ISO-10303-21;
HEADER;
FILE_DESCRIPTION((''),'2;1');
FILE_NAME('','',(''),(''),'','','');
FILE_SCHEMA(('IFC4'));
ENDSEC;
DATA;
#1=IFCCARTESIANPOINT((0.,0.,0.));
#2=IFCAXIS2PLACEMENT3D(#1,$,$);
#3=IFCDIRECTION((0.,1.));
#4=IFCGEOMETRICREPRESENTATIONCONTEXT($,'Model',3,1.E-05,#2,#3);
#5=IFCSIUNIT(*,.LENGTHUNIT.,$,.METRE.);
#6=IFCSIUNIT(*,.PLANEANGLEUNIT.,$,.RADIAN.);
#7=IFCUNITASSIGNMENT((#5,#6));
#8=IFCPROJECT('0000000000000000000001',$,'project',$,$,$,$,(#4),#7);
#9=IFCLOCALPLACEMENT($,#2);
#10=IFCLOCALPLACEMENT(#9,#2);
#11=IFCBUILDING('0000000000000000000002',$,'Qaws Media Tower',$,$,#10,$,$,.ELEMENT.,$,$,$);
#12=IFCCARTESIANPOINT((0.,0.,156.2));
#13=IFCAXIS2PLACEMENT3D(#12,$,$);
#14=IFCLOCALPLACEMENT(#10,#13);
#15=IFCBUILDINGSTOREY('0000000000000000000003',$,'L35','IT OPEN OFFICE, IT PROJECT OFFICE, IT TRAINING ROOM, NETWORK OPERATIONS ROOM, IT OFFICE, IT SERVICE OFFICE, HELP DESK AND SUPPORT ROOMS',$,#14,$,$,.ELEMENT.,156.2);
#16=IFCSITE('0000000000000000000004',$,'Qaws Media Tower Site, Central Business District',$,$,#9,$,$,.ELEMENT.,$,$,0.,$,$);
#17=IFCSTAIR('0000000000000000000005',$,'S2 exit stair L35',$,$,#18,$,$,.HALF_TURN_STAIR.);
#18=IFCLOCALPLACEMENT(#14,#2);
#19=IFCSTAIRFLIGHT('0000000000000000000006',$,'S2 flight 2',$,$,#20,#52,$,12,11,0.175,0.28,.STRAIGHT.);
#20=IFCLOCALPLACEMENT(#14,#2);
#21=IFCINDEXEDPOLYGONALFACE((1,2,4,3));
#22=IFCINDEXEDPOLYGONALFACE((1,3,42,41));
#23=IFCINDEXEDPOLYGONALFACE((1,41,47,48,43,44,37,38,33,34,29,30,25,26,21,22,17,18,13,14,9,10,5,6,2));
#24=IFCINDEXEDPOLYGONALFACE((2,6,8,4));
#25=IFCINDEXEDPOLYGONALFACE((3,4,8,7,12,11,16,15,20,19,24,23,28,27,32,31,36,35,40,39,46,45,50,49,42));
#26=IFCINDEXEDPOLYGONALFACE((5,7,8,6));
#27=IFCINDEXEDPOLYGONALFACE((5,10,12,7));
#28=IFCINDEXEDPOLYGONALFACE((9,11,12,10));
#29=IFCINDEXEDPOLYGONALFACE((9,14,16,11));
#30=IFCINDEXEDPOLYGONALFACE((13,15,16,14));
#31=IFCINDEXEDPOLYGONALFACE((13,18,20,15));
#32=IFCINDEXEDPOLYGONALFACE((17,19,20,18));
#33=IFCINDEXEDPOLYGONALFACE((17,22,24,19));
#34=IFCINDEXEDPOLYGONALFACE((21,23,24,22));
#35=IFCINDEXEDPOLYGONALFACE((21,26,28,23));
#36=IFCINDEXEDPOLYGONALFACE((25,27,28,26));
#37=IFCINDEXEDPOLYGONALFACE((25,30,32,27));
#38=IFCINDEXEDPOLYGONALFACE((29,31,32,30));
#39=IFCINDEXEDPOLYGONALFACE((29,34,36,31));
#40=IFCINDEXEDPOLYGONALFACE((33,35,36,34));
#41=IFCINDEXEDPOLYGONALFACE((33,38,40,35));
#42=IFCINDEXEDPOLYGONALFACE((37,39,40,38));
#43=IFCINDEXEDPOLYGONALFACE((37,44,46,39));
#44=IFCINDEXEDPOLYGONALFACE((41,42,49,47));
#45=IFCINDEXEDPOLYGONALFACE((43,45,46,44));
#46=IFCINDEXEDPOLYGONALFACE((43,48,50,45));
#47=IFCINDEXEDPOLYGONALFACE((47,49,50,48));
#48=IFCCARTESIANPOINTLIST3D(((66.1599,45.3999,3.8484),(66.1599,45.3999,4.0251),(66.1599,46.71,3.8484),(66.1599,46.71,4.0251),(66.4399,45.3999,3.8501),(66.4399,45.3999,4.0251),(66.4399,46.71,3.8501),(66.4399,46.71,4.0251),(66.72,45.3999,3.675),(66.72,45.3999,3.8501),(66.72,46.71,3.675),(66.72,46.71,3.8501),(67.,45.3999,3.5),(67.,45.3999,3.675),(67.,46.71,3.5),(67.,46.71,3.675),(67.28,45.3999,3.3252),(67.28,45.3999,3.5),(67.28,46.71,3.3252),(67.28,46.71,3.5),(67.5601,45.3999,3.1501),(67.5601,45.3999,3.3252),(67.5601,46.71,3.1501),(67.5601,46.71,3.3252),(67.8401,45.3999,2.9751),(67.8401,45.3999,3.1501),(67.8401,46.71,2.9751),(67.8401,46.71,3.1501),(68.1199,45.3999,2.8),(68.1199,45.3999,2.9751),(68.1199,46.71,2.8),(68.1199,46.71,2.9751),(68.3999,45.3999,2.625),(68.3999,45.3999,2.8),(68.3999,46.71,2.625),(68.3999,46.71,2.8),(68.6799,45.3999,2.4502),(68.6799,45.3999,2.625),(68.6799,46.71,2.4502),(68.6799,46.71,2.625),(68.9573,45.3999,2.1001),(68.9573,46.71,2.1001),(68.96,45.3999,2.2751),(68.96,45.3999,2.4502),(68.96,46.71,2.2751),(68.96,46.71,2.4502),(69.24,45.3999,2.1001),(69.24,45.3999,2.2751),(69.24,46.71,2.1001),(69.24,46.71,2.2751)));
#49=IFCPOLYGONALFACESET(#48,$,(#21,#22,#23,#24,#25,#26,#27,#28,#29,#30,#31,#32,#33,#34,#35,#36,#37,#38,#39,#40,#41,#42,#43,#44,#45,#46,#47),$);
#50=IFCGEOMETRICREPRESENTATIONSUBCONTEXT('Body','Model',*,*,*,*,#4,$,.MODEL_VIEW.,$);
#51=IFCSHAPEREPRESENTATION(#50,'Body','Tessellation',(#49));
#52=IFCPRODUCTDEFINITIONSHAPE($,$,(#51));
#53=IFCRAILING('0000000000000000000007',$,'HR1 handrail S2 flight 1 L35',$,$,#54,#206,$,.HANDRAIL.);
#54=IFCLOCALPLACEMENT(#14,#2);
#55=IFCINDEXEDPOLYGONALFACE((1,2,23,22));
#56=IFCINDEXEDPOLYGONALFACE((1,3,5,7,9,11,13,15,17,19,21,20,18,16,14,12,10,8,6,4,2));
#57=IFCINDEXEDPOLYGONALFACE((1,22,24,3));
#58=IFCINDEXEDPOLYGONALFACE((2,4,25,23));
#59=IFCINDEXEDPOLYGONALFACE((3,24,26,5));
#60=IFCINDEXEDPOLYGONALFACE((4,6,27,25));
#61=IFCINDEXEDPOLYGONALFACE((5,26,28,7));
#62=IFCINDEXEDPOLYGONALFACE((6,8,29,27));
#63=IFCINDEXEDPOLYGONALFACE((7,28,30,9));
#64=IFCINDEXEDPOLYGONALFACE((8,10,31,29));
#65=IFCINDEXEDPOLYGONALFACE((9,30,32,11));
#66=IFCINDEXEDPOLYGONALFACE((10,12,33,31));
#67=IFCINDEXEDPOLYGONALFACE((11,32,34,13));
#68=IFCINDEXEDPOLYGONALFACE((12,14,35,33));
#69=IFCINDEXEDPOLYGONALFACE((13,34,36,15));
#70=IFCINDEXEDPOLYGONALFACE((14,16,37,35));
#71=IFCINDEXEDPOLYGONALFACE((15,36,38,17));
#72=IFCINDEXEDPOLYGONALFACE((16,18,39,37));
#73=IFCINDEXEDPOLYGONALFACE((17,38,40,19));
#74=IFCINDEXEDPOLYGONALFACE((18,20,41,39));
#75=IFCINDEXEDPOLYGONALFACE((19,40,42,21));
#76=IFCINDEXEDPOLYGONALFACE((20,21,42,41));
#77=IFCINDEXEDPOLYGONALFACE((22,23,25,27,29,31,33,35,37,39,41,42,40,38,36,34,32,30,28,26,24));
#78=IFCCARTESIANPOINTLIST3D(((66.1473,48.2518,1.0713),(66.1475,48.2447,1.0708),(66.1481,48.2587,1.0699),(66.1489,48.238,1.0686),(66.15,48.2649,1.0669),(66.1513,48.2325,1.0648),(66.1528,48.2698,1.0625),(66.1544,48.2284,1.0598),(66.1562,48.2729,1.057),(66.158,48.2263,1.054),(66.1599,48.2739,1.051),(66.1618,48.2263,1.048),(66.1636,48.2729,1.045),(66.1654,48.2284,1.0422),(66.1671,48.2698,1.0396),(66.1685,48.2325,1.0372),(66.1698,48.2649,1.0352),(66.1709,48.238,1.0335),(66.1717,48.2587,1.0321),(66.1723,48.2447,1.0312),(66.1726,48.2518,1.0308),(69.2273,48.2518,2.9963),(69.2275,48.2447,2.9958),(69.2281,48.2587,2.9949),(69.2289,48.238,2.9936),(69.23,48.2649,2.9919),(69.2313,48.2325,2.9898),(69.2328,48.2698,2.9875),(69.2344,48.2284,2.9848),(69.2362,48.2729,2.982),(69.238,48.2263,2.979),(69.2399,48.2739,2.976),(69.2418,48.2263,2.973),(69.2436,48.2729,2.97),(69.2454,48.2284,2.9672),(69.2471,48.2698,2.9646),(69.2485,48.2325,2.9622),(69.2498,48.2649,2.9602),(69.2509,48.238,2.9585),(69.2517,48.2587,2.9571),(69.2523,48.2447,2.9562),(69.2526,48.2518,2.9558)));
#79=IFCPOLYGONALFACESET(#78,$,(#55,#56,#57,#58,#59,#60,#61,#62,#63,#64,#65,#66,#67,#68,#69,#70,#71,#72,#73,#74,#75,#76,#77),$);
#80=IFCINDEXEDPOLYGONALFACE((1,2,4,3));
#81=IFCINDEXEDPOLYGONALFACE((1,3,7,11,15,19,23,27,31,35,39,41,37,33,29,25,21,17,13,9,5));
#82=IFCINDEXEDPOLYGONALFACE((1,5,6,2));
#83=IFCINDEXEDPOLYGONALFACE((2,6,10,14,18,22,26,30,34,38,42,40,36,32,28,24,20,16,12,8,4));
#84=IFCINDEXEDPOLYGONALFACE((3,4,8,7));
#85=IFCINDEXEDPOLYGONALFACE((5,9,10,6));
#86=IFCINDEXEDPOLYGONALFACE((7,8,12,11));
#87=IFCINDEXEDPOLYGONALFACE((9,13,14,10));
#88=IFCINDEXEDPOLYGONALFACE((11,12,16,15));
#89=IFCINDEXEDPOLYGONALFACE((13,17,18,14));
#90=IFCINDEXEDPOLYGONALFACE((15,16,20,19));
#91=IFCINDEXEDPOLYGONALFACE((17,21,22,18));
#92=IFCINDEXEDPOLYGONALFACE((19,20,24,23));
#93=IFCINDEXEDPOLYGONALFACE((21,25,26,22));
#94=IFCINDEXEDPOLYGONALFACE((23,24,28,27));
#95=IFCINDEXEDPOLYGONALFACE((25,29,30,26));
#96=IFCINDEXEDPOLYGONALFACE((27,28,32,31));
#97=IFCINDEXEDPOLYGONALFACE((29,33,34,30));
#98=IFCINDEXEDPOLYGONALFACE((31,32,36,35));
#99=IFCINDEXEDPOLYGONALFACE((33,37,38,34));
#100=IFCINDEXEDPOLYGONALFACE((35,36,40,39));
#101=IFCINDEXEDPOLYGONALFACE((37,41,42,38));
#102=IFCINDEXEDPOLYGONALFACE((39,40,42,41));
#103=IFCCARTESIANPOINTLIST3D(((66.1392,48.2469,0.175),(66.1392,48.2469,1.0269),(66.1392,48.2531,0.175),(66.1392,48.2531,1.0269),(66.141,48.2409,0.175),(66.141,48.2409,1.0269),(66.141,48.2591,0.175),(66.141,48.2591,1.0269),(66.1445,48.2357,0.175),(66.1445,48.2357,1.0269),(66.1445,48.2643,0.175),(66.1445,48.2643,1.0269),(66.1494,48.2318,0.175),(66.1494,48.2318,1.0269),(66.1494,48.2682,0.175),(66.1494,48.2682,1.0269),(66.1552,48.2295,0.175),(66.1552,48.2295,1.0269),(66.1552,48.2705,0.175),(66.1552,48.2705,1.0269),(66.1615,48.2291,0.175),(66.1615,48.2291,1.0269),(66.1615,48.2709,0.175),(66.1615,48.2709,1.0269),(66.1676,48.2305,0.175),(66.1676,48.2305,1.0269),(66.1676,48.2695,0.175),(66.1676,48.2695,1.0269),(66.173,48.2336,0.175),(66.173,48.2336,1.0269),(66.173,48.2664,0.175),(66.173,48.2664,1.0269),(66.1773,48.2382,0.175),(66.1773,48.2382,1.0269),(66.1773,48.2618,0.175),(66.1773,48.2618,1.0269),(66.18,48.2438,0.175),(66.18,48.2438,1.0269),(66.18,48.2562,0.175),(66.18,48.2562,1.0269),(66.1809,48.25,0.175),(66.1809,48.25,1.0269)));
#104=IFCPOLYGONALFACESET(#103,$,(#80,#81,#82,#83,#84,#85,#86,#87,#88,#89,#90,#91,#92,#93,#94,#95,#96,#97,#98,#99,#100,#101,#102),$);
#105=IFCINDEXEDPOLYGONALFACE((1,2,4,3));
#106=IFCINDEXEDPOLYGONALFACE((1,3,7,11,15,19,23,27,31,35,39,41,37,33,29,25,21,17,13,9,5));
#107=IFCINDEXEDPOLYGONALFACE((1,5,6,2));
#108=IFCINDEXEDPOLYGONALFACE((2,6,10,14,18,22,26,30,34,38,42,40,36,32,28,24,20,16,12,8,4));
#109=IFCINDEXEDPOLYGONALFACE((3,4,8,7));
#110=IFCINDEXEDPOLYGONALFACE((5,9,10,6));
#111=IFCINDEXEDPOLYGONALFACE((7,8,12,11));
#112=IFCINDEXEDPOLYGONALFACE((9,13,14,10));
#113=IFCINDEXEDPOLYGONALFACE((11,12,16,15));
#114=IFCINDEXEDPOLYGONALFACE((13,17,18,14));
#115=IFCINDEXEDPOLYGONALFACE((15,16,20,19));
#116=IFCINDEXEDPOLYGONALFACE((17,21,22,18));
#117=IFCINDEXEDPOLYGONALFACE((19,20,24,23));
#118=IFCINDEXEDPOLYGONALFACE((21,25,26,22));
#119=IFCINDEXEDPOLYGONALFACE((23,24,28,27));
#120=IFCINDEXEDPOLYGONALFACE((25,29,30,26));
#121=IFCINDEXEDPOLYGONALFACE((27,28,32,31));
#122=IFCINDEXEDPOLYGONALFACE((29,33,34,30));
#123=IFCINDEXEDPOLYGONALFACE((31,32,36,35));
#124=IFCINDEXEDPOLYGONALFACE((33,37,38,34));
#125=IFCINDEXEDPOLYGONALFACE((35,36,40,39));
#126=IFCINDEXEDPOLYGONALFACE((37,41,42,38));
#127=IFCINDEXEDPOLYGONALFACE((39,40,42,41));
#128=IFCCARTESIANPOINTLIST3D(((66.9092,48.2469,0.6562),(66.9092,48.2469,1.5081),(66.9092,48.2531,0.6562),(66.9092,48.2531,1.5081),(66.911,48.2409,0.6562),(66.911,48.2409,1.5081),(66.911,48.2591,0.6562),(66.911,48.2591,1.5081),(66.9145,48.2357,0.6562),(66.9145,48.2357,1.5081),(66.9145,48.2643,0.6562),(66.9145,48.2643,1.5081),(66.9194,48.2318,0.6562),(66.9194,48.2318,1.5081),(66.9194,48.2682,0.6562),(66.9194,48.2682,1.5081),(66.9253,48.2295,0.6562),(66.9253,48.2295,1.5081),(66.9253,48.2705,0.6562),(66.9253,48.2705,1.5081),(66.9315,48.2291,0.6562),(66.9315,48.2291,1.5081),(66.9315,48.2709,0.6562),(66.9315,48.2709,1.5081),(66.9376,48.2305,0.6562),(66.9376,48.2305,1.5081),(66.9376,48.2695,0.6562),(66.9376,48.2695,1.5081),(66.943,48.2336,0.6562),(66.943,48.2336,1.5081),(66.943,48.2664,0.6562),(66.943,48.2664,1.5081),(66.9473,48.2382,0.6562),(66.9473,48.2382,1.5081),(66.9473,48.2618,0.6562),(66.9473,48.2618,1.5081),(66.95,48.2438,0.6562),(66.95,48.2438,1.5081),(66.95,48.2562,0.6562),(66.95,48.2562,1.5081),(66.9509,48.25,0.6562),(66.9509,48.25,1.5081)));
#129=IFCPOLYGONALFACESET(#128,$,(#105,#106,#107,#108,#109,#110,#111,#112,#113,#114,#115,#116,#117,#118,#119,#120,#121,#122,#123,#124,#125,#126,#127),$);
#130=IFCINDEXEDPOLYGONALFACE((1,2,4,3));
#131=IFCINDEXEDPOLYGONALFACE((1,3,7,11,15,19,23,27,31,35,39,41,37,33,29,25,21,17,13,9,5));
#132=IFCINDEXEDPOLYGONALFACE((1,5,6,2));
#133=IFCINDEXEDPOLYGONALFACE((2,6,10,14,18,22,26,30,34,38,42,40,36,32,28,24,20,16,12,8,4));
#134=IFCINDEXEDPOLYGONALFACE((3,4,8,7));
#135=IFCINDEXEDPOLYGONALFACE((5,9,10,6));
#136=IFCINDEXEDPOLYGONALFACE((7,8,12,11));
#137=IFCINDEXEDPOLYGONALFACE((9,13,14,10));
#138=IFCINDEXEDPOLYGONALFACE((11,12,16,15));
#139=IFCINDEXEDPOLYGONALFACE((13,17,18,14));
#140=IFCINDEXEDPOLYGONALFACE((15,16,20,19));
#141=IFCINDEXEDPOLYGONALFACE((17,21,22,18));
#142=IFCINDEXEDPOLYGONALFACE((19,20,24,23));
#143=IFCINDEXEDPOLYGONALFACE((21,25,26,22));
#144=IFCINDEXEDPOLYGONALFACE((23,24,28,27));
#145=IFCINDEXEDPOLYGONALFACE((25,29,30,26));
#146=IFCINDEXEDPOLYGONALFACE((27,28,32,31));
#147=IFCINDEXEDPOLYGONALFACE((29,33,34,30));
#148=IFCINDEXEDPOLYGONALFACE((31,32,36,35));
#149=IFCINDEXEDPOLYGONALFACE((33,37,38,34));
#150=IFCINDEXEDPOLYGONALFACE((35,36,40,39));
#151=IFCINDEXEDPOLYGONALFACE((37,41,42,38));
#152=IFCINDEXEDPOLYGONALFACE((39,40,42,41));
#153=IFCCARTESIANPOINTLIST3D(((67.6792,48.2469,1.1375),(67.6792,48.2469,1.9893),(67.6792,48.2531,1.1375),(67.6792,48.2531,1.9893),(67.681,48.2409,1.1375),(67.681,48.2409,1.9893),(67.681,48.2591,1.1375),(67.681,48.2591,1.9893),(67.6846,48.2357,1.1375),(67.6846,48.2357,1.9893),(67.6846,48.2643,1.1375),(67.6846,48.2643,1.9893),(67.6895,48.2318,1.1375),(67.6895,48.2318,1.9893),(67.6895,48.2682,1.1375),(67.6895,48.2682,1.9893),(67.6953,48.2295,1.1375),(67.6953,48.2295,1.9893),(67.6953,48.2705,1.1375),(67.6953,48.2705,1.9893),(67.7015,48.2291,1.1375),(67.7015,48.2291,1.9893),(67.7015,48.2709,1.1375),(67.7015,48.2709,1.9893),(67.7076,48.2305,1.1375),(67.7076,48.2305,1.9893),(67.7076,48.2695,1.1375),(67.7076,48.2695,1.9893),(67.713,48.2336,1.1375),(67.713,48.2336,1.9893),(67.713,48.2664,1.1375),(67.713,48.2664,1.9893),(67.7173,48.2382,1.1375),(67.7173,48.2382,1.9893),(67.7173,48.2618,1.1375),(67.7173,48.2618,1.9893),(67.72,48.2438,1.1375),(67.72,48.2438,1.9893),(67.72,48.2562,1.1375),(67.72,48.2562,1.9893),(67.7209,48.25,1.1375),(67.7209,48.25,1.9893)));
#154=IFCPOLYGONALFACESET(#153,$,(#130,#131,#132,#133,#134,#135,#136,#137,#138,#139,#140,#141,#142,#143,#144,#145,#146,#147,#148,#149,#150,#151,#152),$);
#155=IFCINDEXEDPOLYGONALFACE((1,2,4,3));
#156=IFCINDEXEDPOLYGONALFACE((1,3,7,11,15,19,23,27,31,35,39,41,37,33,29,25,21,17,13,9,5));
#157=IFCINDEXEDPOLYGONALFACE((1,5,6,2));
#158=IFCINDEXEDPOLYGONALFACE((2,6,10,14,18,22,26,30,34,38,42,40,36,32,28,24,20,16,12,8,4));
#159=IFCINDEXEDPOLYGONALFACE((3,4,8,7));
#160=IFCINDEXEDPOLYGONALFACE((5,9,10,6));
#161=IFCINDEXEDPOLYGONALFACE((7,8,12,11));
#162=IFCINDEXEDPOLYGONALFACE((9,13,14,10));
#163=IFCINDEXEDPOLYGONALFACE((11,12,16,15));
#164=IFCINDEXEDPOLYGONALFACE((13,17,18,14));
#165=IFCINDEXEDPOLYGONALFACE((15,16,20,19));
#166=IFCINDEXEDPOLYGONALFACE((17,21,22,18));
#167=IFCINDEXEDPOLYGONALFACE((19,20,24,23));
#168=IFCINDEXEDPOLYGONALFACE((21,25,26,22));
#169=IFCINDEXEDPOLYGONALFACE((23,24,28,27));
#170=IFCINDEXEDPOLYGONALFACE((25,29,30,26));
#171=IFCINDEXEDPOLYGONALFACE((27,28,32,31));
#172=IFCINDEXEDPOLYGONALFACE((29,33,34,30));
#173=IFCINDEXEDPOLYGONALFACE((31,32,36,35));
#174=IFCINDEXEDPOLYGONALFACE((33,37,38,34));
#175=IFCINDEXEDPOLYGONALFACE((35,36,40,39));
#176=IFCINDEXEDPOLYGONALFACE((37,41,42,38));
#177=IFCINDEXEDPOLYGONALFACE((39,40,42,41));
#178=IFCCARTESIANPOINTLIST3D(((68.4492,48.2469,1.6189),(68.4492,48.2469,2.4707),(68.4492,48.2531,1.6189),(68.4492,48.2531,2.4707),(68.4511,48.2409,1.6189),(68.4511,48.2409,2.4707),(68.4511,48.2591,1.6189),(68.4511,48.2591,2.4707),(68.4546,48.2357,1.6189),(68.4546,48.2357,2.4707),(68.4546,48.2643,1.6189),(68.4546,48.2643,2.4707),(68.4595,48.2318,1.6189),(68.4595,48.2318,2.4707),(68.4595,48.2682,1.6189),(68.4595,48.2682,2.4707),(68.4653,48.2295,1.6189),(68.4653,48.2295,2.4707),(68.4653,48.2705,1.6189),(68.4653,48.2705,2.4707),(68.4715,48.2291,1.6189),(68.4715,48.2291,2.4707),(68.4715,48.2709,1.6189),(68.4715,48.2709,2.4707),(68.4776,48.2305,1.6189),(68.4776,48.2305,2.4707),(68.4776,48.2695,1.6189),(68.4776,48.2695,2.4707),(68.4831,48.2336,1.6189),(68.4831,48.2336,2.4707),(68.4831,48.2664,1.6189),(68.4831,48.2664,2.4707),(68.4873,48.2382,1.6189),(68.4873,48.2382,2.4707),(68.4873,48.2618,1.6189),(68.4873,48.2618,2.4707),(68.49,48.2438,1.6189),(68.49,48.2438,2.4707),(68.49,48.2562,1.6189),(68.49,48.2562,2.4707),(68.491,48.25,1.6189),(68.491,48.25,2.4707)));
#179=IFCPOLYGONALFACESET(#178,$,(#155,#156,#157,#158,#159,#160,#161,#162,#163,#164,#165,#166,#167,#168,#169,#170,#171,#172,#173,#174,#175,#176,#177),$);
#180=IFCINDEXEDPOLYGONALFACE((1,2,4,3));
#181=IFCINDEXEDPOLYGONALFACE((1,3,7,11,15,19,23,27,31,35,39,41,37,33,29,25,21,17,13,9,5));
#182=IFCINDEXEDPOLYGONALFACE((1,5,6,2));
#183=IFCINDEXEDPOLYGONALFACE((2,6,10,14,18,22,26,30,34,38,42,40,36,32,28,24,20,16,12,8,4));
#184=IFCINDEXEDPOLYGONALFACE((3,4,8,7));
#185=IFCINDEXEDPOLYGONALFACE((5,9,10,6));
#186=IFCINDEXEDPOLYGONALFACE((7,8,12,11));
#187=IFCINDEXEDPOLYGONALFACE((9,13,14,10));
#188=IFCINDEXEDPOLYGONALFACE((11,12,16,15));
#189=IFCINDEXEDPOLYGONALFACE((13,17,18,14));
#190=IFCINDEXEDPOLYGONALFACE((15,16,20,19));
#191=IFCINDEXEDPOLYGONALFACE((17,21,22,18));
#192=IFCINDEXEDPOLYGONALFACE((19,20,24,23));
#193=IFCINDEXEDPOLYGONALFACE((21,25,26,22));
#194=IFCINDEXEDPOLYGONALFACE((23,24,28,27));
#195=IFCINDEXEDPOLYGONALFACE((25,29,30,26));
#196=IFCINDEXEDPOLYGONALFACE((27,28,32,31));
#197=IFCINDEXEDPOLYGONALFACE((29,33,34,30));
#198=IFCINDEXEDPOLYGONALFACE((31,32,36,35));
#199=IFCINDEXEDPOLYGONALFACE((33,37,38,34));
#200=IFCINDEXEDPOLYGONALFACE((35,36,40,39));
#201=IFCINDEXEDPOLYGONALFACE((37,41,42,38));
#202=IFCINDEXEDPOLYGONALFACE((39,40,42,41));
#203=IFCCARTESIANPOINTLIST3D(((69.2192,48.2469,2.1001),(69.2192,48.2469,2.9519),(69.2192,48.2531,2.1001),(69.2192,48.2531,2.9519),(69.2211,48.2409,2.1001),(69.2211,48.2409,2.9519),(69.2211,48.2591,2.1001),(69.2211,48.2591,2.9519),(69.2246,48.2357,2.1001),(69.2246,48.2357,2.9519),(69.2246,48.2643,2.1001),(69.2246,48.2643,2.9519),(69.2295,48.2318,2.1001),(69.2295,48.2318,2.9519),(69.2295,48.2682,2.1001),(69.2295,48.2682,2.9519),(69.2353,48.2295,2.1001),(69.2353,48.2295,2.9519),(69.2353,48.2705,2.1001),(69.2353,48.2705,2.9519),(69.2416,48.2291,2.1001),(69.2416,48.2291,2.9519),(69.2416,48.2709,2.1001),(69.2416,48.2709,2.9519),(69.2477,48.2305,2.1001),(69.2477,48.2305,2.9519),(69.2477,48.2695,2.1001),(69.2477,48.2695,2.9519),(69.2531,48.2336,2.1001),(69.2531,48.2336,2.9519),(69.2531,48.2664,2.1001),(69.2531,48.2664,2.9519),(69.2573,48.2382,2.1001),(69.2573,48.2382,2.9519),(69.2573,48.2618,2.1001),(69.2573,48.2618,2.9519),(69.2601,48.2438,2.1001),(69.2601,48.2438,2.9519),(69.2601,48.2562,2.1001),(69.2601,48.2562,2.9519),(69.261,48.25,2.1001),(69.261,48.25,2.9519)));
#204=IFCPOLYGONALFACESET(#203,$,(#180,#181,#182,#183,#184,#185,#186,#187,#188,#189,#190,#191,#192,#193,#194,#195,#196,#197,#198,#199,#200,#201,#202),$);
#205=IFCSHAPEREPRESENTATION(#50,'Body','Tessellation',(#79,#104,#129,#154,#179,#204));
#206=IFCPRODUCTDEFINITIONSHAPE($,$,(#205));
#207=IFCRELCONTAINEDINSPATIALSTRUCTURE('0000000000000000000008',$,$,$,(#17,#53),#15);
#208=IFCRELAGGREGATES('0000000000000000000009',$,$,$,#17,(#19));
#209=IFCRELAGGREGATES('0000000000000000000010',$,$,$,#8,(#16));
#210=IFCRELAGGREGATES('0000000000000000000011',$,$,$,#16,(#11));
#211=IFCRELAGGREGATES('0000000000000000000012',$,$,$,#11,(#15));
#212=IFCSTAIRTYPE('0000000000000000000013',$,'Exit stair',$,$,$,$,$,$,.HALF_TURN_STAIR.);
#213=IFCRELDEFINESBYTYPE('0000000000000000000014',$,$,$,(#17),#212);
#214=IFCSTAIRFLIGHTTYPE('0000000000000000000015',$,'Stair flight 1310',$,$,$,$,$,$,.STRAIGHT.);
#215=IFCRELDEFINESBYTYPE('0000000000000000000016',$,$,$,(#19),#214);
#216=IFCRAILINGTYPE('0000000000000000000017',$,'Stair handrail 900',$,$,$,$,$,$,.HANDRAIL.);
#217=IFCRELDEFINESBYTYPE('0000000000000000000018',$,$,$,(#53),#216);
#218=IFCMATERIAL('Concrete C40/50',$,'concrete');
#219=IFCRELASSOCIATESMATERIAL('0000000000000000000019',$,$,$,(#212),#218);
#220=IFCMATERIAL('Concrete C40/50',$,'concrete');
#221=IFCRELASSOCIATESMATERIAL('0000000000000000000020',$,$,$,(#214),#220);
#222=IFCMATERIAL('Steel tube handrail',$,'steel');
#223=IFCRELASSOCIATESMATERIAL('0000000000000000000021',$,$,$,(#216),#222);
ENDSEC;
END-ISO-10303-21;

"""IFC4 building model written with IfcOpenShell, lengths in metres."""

from ifc_helpers import new_model, si_unit, direction, frame, origin, origin_2d, place, context, subcontext, project, spatial, polyline, circle, outline, extrude, material, type_object, element, aggregate, save


model = new_model("IFC4")

# Units and contexts
model_context = context("Model", 3, precision=1e-05, world=origin(), true_north=direction((0.0, 1.0)))
body_context = subcontext(model_context, "Body", "Model", "MODEL_VIEW")
ifc_project = project(units=[si_unit("LENGTHUNIT", "METRE"), si_unit("PLANEANGLEUNIT", "RADIAN")], contexts=[model_context])

# Site, building, storey
site_placement = place(None, origin())
site = spatial("IfcSite", under=ifc_project, at=site_placement, Name="Qaws Media Tower Site, Central Business District", CompositionType="ELEMENT", RefElevation=0.0)
building_placement = place(site_placement, origin())
building = spatial("IfcBuilding", under=site, at=building_placement, Name="Qaws Media Tower", CompositionType="ELEMENT")
storey_placement = place(building_placement, frame((0.0, 0.0, 156.2)))
storey = spatial("IfcBuildingStorey", under=building, at=storey_placement, Name="L35", Description="IT OPEN OFFICE, IT PROJECT OFFICE, IT TRAINING ROOM, NETWORK OPERATIONS ROOM, IT OFFICE, IT SERVICE OFFICE, HELP DESK AND SUPPORT ROOMS", CompositionType="ELEMENT", Elevation=156.2)

# Stair, stair flight
ifc_material_1 = material(Name="Concrete C40/50", Category="concrete")
stair_type = type_object("IfcStairType", Name="Exit stair", PredefinedType="HALF_TURN_STAIR", material=ifc_material_1)
stair_placement = place(storey_placement, origin())
stair = element("IfcStair", 1, at=stair_placement, inside=storey, type_object=stair_type, Name="S2 exit stair L35", PredefinedType="HALF_TURN_STAIR")
ifc_material_2 = material(Name="Concrete C40/50", Category="concrete")
stair_flight_type = type_object("IfcStairFlightType", Name="Stair flight 1310", PredefinedType="STRAIGHT", material=ifc_material_2)
stair_flight_1_placement = place(storey_placement, frame((69.24, 46.0549, 2.1001), z_axis=(0.0, 0.0, 1.0), x_axis=(-1.0, 0.0, 0.0)))
stair_flight_1 = element("IfcStairFlight", 2, at=stair_flight_1_placement, type_object=stair_flight_type, Name="S2 flight 2", NumberOfRisers=12, NumberOfTreads=11, PredefinedType="STRAIGHT", RiserHeight=0.175, TreadLength=0.28, context=body_context, shape_type="SweptSolid", body=[
    extrude(outline(polyline([(0.0, 0.0), (0.0, 0.175), (0.28, 0.175), (0.28, 0.3501), (0.5601, 0.3501), (0.5601, 0.5249), (0.8401, 0.5249), (0.8401, 0.7), (1.1201, 0.7), (1.1201, 0.875), (1.3999, 0.875), (1.3999, 1.05), (1.6799, 1.05), (1.6799, 1.2251), (1.96, 1.2251), (1.96, 1.3999), (2.24, 1.3999), (2.24, 1.575), (2.52, 1.575), (2.52, 1.75), (2.8, 1.75), (2.8, 1.925), (3.0801, 1.925), (3.0801, 2.1001), (3.0801, 1.7483), (0.2827, 0.0), (0.0, 0.0)])), frame((0.0, 0.655, 0.0), z_axis=(0.0, -1.0, 0.0), x_axis=(1.0, 0.0, 0.0)), (0.0, 0.0, 1.0), 1.3101),
])
aggregate(stair, [stair_flight_1])

# Railing
ifc_material_3 = material(Name="Steel tube handrail", Category="steel")
railing_type = type_object("IfcRailingType", Name="Stair handrail 900", PredefinedType="HANDRAIL", material=ifc_material_3)
for number, where, name in (
    (3, (66.1599, 48.25, 0.175), "HR1 handrail S2 flight 1 L35"),
):
    element("IfcRailing", number, at=place(storey_placement, frame(where)), inside=storey, type_object=railing_type, Name=name, PredefinedType="HANDRAIL", context=body_context, shape_type="SweptSolid", body=[
        extrude(circle(Radius=0.0239, at=origin_2d()), frame((0.0, 0.0, 0.876), z_axis=(0.847998, 0.0, 0.529999), x_axis=(0.0, 1.0, 0.0)), (0.0, 0.0, 1.0), 3.6321),
        extrude(circle(Radius=0.021, at=origin_2d()), origin(), (0.0, 0.0, 1.0), 0.8518),
        extrude(circle(Radius=0.021, at=origin_2d()), frame((0.77, 0.0, 0.4812)), (0.0, 0.0, 1.0), 0.8518),
        extrude(circle(Radius=0.021, at=origin_2d()), frame((1.54, 0.0, 0.9624)), (0.0, 0.0, 1.0), 0.8518),
        extrude(circle(Radius=0.021, at=origin_2d()), frame((2.3101, 0.0, 1.4438)), (0.0, 0.0, 1.0), 0.8518),
        extrude(circle(Radius=0.021, at=origin_2d()), frame((3.0801, 0.0, 1.925)), (0.0, 0.0, 1.0), 0.8518),
    ])

save(model, "model.ifc")
